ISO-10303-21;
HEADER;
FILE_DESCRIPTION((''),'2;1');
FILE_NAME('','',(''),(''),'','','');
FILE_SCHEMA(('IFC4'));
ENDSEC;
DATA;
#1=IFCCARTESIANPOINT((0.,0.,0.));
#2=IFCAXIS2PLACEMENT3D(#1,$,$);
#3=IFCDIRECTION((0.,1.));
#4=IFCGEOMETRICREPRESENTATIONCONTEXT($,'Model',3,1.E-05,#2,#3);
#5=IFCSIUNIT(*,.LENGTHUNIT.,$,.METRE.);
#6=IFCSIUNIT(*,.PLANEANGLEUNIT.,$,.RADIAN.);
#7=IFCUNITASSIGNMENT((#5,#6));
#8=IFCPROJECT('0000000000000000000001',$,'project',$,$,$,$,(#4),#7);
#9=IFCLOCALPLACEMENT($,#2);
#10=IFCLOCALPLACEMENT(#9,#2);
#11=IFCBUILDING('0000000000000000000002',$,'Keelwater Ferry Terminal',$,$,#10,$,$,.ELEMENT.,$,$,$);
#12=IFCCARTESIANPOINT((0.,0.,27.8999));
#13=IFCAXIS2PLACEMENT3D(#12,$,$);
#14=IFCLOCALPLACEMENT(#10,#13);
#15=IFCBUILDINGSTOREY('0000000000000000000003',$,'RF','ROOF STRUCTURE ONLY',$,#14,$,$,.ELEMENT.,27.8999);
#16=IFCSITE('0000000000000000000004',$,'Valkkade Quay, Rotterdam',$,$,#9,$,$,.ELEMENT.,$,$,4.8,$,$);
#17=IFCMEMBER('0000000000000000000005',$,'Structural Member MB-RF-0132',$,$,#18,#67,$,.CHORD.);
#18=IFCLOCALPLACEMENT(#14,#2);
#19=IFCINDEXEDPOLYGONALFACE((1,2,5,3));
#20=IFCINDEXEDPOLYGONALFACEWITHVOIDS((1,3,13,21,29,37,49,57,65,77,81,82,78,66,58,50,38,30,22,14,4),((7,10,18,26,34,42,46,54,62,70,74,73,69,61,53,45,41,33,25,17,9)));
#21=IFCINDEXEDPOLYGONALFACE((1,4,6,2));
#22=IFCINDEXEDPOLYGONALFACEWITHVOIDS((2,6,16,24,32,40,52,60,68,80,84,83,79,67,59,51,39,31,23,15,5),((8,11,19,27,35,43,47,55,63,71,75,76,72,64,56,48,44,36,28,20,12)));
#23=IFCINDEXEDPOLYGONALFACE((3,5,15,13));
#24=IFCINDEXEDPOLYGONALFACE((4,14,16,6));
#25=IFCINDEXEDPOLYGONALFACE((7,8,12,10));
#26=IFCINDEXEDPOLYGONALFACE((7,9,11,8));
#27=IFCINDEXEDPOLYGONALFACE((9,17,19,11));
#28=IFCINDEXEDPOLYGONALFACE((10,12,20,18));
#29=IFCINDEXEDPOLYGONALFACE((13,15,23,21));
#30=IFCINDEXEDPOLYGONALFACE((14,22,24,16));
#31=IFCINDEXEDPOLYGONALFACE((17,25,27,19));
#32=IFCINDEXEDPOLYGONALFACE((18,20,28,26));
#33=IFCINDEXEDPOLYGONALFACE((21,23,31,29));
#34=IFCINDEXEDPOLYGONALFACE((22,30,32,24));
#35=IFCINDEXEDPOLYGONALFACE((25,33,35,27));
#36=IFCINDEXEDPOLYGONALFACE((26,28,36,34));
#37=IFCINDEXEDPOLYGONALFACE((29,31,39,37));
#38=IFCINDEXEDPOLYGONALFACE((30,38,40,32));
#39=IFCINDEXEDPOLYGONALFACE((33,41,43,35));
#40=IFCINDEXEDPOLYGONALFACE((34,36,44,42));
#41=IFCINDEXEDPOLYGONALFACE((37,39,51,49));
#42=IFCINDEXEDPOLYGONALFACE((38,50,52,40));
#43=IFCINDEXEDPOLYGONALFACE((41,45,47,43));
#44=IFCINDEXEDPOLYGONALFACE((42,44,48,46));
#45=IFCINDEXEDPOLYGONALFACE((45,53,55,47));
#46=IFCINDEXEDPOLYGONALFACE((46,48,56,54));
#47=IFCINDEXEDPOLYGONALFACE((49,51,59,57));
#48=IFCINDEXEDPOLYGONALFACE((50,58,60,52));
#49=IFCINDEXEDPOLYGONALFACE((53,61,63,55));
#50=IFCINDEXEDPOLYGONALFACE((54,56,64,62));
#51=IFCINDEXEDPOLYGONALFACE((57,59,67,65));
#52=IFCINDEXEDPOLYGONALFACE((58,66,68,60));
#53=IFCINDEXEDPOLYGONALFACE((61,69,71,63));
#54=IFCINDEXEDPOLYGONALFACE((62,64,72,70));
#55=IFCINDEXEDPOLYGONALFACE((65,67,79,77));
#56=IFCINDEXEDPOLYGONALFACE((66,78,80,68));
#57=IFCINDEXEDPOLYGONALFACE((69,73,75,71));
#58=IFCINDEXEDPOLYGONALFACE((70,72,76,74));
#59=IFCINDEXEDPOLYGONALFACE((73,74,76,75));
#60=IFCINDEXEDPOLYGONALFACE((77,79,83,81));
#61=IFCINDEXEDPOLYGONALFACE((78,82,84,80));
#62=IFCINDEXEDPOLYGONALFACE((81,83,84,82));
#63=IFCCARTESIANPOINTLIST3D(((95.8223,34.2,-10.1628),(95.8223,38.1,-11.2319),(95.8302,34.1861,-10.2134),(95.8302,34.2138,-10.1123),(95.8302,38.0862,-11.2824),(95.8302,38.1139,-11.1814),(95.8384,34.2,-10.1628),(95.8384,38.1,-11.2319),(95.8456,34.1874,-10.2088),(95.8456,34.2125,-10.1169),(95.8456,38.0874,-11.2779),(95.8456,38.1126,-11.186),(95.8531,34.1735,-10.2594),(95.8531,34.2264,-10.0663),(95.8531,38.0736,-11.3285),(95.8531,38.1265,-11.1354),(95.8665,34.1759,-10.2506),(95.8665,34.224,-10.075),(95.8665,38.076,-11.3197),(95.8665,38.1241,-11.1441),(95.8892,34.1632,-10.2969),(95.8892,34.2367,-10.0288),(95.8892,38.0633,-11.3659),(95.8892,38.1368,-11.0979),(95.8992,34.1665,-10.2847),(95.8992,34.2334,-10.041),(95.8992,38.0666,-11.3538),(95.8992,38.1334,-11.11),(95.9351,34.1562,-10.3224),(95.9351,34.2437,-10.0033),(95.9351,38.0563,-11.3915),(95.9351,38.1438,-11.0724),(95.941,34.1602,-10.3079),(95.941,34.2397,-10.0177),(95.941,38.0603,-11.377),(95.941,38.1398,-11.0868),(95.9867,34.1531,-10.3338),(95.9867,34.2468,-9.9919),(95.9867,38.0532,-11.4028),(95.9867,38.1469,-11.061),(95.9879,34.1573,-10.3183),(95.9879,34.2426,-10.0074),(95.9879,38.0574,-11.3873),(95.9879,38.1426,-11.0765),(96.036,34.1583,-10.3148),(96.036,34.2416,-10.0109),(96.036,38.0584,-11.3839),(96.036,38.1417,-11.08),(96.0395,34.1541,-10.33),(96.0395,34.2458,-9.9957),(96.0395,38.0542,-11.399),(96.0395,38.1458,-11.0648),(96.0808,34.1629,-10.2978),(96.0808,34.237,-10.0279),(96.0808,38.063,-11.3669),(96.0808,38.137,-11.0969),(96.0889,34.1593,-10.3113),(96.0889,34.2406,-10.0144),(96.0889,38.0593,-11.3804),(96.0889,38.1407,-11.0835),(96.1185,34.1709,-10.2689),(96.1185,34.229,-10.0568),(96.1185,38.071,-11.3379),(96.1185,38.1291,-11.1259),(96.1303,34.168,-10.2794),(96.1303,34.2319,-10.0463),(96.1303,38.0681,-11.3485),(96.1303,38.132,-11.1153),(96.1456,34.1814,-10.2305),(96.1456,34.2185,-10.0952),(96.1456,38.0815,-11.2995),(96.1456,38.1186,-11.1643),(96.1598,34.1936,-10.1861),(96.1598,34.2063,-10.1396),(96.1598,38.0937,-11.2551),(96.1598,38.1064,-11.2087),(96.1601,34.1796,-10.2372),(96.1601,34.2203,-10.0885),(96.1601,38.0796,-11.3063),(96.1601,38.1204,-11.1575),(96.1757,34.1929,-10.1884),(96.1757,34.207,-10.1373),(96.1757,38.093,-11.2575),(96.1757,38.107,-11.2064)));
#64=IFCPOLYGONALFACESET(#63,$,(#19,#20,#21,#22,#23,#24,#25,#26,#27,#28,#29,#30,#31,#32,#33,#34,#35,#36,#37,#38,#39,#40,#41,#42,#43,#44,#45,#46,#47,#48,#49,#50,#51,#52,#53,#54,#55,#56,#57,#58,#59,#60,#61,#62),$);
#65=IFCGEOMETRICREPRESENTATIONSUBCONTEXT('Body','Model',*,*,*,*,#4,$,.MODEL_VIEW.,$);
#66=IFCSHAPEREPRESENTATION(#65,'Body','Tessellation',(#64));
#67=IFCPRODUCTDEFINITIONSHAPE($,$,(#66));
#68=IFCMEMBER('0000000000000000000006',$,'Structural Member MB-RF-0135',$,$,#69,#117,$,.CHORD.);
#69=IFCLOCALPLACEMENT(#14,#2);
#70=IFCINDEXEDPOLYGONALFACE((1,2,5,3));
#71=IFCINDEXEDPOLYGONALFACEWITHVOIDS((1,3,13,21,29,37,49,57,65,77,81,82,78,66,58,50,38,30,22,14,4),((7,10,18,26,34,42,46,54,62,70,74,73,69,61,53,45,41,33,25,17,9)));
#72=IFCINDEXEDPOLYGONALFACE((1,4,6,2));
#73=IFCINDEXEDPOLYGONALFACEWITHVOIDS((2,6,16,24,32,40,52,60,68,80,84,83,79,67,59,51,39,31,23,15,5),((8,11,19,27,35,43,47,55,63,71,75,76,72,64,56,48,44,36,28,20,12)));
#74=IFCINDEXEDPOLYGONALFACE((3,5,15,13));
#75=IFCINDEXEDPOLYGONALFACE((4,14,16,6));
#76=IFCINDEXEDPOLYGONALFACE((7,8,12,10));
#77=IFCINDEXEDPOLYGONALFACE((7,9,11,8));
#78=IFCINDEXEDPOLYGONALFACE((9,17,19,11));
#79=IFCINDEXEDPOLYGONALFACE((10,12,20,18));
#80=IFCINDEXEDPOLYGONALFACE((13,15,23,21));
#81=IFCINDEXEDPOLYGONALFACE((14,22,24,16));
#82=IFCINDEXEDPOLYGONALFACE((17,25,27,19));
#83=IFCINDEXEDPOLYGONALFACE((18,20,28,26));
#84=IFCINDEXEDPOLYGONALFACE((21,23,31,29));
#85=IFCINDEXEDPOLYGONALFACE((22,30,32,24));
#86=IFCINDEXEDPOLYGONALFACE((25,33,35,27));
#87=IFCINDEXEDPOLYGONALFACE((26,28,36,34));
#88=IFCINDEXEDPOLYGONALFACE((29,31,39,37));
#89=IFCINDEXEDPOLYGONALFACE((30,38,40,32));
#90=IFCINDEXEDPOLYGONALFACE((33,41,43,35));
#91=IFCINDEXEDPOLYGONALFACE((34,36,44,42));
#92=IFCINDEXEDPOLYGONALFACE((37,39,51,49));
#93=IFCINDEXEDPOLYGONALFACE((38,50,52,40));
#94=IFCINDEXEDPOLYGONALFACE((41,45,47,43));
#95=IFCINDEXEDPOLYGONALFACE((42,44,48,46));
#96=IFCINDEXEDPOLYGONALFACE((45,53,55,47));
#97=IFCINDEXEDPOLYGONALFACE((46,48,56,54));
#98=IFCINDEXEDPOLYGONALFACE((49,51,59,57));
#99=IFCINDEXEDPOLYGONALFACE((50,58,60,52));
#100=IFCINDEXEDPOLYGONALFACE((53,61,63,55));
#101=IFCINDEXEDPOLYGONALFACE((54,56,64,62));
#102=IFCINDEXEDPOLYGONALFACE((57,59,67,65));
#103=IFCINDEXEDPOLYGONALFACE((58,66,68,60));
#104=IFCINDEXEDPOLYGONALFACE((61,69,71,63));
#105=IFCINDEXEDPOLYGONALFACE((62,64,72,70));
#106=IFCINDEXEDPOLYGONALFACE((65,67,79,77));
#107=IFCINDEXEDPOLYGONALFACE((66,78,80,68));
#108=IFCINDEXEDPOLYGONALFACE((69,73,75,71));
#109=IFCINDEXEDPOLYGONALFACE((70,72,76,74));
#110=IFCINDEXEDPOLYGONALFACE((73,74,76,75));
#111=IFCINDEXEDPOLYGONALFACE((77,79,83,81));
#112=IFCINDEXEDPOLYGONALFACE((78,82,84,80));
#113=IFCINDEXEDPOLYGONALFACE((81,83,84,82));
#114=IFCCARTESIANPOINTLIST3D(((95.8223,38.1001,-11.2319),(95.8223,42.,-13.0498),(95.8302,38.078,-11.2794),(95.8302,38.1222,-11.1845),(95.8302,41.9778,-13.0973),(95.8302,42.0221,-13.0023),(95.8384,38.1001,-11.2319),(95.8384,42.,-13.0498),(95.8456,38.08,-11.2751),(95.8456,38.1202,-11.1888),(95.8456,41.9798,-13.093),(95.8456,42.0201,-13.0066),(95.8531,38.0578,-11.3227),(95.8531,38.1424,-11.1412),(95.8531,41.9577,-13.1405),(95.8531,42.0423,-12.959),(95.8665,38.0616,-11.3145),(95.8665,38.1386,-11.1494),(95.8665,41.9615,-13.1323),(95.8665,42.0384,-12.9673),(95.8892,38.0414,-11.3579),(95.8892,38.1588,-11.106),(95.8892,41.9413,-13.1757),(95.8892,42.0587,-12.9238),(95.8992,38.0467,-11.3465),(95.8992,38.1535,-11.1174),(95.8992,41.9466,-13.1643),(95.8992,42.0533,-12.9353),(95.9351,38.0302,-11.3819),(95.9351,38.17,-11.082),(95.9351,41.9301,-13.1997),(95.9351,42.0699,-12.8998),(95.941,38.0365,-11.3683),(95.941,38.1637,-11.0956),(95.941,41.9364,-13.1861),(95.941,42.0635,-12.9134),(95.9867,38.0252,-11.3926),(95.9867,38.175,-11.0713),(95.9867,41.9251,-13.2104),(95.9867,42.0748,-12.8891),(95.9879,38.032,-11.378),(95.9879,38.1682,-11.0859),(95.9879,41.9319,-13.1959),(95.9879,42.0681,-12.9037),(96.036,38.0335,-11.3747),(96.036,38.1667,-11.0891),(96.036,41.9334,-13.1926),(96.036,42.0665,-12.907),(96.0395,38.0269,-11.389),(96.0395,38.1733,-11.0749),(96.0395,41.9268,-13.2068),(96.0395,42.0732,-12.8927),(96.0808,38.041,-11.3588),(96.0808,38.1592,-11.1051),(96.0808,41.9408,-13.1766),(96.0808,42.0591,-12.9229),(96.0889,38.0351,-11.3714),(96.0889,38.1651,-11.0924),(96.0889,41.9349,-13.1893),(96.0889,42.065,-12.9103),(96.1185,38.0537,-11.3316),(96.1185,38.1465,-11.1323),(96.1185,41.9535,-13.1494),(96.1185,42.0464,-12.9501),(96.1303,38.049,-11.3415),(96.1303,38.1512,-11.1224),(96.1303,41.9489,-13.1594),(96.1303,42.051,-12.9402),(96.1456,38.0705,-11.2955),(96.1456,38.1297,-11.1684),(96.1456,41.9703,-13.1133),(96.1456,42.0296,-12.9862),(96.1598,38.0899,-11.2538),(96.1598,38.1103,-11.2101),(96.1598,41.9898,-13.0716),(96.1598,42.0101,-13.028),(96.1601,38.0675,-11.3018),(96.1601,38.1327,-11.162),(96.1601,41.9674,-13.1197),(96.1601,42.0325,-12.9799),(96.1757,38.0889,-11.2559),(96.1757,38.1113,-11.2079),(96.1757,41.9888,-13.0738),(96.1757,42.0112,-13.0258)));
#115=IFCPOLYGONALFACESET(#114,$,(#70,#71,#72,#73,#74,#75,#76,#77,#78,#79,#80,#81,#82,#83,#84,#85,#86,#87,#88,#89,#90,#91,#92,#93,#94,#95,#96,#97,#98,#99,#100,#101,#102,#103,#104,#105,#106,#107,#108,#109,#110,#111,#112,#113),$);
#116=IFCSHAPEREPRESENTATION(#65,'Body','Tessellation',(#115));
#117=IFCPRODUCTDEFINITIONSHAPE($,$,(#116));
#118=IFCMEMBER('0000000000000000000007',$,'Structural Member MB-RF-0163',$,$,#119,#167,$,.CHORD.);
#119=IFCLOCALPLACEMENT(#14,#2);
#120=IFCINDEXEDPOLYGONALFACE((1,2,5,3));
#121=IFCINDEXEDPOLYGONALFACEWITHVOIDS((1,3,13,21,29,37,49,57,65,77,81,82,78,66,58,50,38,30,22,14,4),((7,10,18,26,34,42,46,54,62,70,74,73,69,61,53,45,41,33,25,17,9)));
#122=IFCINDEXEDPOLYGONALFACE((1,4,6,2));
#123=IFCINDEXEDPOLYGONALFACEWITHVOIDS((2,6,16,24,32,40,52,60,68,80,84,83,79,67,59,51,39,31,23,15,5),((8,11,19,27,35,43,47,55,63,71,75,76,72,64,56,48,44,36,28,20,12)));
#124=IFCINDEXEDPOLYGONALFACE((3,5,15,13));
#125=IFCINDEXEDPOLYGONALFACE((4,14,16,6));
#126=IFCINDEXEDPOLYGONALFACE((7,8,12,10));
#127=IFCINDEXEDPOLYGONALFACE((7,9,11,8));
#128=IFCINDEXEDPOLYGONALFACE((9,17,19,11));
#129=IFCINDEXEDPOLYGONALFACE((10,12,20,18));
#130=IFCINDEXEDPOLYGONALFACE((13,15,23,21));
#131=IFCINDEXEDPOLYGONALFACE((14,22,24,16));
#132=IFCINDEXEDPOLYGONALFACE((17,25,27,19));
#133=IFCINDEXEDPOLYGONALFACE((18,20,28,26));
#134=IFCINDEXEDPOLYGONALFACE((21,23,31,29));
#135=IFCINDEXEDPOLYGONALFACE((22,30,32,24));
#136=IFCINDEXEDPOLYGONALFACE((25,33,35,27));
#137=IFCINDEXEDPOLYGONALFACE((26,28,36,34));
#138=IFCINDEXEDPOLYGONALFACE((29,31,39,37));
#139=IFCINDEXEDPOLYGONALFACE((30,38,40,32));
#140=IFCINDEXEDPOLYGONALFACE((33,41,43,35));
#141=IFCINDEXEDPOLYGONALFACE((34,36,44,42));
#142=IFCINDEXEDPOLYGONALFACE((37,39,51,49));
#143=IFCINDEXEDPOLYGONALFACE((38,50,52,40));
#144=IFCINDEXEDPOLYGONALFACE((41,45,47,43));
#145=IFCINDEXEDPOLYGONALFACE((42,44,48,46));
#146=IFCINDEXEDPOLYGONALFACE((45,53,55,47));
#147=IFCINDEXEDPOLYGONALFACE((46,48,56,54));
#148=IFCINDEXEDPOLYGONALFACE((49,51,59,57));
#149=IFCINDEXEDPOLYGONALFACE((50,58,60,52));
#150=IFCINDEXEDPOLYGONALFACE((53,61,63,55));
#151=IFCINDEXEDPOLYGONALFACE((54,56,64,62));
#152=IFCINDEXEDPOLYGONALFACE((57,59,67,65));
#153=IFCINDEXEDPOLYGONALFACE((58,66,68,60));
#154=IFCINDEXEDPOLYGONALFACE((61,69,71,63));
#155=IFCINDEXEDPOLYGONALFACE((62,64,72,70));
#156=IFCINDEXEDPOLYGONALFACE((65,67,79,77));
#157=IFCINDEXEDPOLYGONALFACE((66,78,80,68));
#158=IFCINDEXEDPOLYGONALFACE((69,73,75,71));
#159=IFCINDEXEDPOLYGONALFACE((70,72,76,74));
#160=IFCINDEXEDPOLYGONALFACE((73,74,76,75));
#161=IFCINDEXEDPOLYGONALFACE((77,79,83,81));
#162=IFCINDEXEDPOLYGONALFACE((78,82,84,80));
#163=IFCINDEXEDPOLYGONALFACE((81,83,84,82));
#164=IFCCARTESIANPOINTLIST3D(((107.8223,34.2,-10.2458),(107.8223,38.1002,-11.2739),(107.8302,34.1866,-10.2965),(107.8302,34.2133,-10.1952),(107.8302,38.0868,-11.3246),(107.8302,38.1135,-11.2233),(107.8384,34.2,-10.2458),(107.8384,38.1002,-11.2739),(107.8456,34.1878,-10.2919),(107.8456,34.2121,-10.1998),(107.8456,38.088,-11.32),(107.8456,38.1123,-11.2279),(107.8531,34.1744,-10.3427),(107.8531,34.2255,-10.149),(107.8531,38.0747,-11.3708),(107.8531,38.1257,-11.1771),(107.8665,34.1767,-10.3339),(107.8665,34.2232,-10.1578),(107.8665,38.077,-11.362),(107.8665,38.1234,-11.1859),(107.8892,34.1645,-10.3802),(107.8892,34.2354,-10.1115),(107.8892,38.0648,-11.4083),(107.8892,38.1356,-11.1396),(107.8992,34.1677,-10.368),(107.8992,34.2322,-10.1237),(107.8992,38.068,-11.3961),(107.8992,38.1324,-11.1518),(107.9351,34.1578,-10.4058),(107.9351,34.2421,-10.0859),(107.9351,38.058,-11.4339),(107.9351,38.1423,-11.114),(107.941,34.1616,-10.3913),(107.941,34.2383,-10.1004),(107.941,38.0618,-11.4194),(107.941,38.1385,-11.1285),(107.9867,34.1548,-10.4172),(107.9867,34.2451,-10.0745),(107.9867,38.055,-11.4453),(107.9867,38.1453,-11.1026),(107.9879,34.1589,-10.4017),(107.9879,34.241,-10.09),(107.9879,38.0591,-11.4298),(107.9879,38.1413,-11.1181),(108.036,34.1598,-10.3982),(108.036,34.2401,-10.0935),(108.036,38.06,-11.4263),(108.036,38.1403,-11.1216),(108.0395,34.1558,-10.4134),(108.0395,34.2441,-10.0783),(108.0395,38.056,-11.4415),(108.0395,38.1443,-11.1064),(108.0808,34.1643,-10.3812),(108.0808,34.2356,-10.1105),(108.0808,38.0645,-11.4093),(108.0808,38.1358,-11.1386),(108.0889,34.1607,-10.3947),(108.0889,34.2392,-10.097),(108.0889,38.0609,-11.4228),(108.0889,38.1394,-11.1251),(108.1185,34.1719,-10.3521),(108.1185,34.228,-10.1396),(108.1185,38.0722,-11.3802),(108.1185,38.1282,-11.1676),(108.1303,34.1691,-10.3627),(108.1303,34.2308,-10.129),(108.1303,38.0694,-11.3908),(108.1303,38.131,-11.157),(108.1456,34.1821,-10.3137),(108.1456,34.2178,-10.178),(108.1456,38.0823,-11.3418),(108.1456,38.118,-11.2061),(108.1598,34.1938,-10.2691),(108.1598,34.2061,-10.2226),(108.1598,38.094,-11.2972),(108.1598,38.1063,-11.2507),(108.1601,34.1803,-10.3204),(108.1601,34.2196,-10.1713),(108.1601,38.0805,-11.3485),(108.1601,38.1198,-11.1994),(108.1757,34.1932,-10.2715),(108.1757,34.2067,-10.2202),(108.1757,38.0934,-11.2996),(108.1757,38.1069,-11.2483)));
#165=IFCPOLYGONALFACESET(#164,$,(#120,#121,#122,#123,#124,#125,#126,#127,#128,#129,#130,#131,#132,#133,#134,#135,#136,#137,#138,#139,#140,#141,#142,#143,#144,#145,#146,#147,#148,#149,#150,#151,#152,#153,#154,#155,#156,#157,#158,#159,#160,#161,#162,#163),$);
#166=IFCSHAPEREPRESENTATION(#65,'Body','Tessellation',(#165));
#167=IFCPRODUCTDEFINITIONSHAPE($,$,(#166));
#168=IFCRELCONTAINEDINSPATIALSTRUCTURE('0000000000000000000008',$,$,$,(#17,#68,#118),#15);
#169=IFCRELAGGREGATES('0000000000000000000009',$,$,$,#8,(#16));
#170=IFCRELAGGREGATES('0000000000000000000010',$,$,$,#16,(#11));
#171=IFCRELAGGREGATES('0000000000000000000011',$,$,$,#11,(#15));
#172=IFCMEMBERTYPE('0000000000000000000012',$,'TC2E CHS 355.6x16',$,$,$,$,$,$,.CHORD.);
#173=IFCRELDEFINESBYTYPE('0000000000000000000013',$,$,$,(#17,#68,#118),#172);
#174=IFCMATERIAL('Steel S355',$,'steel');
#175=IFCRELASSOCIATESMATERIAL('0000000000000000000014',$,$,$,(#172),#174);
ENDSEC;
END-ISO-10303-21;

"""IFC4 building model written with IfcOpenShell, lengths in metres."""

from ifc_helpers import new_model, si_unit, direction, frame, origin, origin_2d, place, context, subcontext, project, spatial, hollow_circle, extrude, material, material_profile, profile_set, type_object, element, save


model = new_model("IFC4")

# Units and contexts
model_context = context("Model", 3, precision=1e-05, world=origin(), true_north=direction((0.0, 1.0)))
body_context = subcontext(model_context, "Body", "Model", "MODEL_VIEW")
ifc_project = project(units=[si_unit("LENGTHUNIT", "METRE"), si_unit("PLANEANGLEUNIT", "RADIAN")], contexts=[model_context])

# Site, building, storey
site_placement = place(None, origin())
site = spatial("IfcSite", under=ifc_project, at=site_placement, Name="Valkkade Quay, Rotterdam", CompositionType="ELEMENT", RefElevation=4.8)
building_placement = place(site_placement, origin())
building = spatial("IfcBuilding", under=site, at=building_placement, Name="Keelwater Ferry Terminal", CompositionType="ELEMENT")
storey_placement = place(building_placement, frame((0.0, 0.0, 27.8999)))
storey = spatial("IfcBuildingStorey", under=building, at=storey_placement, Name="RF", Description="ROOF STRUCTURE ONLY", CompositionType="ELEMENT", Elevation=27.8999)

# Members
ifc_material_1 = material(Name="Steel S355", Category="steel")
ifc_material_profile_1 = material_profile(ifc_material_1, hollow_circle(Radius=0.1777, WallThickness=0.0161, at=origin_2d()), Name="CHS 355.6x16")
ifc_profile_set_1 = profile_set([ifc_material_profile_1], Name="Steel S355")
member_type_1 = type_object("IfcMemberType", Name="TC2E CHS 355.6x16", PredefinedType="CHORD", material=ifc_profile_set_1)
member_1_placement = place(storey_placement, frame((96.0, 34.2, -10.1628), z_axis=(0.0, 0.964423, -0.264364), x_axis=(-1.0, 0.0, 0.0)))
element("IfcMember", 1, at=member_1_placement, inside=storey, type_object=member_type_1, Name="Structural Member MB-RF-0132", PredefinedType="CHORD", context=body_context, shape_type="SweptSolid", body=[
    extrude(hollow_circle(Radius=0.1777, WallThickness=0.0161, at=origin_2d()), origin(), (0.0, 0.0, 1.0), 4.0439),
])
member_2_placement = place(storey_placement, frame((96.0, 38.1001, -11.2319), z_axis=(0.0, 0.906369, -0.422488), x_axis=(-1.0, 0.0, 0.0)))
element("IfcMember", 2, at=member_2_placement, inside=storey, type_object=member_type_1, Name="Structural Member MB-RF-0135", PredefinedType="CHORD", context=body_context, shape_type="SweptSolid", body=[
    extrude(hollow_circle(Radius=0.1777, WallThickness=0.0161, at=origin_2d()), origin(), (0.0, 0.0, 1.0), 4.3027),
])
member_3_placement = place(storey_placement, frame((108.0, 34.2, -10.2458), z_axis=(0.0, 0.966969, -0.254893), x_axis=(-1.0, 0.0, 0.0)))
element("IfcMember", 3, at=member_3_placement, inside=storey, type_object=member_type_1, Name="Structural Member MB-RF-0163", PredefinedType="CHORD", context=body_context, shape_type="SweptSolid", body=[
    extrude(hollow_circle(Radius=0.1777, WallThickness=0.0161, at=origin_2d()), origin(), (0.0, 0.0, 1.0), 4.0334),
])

save(model, "model.ifc")
